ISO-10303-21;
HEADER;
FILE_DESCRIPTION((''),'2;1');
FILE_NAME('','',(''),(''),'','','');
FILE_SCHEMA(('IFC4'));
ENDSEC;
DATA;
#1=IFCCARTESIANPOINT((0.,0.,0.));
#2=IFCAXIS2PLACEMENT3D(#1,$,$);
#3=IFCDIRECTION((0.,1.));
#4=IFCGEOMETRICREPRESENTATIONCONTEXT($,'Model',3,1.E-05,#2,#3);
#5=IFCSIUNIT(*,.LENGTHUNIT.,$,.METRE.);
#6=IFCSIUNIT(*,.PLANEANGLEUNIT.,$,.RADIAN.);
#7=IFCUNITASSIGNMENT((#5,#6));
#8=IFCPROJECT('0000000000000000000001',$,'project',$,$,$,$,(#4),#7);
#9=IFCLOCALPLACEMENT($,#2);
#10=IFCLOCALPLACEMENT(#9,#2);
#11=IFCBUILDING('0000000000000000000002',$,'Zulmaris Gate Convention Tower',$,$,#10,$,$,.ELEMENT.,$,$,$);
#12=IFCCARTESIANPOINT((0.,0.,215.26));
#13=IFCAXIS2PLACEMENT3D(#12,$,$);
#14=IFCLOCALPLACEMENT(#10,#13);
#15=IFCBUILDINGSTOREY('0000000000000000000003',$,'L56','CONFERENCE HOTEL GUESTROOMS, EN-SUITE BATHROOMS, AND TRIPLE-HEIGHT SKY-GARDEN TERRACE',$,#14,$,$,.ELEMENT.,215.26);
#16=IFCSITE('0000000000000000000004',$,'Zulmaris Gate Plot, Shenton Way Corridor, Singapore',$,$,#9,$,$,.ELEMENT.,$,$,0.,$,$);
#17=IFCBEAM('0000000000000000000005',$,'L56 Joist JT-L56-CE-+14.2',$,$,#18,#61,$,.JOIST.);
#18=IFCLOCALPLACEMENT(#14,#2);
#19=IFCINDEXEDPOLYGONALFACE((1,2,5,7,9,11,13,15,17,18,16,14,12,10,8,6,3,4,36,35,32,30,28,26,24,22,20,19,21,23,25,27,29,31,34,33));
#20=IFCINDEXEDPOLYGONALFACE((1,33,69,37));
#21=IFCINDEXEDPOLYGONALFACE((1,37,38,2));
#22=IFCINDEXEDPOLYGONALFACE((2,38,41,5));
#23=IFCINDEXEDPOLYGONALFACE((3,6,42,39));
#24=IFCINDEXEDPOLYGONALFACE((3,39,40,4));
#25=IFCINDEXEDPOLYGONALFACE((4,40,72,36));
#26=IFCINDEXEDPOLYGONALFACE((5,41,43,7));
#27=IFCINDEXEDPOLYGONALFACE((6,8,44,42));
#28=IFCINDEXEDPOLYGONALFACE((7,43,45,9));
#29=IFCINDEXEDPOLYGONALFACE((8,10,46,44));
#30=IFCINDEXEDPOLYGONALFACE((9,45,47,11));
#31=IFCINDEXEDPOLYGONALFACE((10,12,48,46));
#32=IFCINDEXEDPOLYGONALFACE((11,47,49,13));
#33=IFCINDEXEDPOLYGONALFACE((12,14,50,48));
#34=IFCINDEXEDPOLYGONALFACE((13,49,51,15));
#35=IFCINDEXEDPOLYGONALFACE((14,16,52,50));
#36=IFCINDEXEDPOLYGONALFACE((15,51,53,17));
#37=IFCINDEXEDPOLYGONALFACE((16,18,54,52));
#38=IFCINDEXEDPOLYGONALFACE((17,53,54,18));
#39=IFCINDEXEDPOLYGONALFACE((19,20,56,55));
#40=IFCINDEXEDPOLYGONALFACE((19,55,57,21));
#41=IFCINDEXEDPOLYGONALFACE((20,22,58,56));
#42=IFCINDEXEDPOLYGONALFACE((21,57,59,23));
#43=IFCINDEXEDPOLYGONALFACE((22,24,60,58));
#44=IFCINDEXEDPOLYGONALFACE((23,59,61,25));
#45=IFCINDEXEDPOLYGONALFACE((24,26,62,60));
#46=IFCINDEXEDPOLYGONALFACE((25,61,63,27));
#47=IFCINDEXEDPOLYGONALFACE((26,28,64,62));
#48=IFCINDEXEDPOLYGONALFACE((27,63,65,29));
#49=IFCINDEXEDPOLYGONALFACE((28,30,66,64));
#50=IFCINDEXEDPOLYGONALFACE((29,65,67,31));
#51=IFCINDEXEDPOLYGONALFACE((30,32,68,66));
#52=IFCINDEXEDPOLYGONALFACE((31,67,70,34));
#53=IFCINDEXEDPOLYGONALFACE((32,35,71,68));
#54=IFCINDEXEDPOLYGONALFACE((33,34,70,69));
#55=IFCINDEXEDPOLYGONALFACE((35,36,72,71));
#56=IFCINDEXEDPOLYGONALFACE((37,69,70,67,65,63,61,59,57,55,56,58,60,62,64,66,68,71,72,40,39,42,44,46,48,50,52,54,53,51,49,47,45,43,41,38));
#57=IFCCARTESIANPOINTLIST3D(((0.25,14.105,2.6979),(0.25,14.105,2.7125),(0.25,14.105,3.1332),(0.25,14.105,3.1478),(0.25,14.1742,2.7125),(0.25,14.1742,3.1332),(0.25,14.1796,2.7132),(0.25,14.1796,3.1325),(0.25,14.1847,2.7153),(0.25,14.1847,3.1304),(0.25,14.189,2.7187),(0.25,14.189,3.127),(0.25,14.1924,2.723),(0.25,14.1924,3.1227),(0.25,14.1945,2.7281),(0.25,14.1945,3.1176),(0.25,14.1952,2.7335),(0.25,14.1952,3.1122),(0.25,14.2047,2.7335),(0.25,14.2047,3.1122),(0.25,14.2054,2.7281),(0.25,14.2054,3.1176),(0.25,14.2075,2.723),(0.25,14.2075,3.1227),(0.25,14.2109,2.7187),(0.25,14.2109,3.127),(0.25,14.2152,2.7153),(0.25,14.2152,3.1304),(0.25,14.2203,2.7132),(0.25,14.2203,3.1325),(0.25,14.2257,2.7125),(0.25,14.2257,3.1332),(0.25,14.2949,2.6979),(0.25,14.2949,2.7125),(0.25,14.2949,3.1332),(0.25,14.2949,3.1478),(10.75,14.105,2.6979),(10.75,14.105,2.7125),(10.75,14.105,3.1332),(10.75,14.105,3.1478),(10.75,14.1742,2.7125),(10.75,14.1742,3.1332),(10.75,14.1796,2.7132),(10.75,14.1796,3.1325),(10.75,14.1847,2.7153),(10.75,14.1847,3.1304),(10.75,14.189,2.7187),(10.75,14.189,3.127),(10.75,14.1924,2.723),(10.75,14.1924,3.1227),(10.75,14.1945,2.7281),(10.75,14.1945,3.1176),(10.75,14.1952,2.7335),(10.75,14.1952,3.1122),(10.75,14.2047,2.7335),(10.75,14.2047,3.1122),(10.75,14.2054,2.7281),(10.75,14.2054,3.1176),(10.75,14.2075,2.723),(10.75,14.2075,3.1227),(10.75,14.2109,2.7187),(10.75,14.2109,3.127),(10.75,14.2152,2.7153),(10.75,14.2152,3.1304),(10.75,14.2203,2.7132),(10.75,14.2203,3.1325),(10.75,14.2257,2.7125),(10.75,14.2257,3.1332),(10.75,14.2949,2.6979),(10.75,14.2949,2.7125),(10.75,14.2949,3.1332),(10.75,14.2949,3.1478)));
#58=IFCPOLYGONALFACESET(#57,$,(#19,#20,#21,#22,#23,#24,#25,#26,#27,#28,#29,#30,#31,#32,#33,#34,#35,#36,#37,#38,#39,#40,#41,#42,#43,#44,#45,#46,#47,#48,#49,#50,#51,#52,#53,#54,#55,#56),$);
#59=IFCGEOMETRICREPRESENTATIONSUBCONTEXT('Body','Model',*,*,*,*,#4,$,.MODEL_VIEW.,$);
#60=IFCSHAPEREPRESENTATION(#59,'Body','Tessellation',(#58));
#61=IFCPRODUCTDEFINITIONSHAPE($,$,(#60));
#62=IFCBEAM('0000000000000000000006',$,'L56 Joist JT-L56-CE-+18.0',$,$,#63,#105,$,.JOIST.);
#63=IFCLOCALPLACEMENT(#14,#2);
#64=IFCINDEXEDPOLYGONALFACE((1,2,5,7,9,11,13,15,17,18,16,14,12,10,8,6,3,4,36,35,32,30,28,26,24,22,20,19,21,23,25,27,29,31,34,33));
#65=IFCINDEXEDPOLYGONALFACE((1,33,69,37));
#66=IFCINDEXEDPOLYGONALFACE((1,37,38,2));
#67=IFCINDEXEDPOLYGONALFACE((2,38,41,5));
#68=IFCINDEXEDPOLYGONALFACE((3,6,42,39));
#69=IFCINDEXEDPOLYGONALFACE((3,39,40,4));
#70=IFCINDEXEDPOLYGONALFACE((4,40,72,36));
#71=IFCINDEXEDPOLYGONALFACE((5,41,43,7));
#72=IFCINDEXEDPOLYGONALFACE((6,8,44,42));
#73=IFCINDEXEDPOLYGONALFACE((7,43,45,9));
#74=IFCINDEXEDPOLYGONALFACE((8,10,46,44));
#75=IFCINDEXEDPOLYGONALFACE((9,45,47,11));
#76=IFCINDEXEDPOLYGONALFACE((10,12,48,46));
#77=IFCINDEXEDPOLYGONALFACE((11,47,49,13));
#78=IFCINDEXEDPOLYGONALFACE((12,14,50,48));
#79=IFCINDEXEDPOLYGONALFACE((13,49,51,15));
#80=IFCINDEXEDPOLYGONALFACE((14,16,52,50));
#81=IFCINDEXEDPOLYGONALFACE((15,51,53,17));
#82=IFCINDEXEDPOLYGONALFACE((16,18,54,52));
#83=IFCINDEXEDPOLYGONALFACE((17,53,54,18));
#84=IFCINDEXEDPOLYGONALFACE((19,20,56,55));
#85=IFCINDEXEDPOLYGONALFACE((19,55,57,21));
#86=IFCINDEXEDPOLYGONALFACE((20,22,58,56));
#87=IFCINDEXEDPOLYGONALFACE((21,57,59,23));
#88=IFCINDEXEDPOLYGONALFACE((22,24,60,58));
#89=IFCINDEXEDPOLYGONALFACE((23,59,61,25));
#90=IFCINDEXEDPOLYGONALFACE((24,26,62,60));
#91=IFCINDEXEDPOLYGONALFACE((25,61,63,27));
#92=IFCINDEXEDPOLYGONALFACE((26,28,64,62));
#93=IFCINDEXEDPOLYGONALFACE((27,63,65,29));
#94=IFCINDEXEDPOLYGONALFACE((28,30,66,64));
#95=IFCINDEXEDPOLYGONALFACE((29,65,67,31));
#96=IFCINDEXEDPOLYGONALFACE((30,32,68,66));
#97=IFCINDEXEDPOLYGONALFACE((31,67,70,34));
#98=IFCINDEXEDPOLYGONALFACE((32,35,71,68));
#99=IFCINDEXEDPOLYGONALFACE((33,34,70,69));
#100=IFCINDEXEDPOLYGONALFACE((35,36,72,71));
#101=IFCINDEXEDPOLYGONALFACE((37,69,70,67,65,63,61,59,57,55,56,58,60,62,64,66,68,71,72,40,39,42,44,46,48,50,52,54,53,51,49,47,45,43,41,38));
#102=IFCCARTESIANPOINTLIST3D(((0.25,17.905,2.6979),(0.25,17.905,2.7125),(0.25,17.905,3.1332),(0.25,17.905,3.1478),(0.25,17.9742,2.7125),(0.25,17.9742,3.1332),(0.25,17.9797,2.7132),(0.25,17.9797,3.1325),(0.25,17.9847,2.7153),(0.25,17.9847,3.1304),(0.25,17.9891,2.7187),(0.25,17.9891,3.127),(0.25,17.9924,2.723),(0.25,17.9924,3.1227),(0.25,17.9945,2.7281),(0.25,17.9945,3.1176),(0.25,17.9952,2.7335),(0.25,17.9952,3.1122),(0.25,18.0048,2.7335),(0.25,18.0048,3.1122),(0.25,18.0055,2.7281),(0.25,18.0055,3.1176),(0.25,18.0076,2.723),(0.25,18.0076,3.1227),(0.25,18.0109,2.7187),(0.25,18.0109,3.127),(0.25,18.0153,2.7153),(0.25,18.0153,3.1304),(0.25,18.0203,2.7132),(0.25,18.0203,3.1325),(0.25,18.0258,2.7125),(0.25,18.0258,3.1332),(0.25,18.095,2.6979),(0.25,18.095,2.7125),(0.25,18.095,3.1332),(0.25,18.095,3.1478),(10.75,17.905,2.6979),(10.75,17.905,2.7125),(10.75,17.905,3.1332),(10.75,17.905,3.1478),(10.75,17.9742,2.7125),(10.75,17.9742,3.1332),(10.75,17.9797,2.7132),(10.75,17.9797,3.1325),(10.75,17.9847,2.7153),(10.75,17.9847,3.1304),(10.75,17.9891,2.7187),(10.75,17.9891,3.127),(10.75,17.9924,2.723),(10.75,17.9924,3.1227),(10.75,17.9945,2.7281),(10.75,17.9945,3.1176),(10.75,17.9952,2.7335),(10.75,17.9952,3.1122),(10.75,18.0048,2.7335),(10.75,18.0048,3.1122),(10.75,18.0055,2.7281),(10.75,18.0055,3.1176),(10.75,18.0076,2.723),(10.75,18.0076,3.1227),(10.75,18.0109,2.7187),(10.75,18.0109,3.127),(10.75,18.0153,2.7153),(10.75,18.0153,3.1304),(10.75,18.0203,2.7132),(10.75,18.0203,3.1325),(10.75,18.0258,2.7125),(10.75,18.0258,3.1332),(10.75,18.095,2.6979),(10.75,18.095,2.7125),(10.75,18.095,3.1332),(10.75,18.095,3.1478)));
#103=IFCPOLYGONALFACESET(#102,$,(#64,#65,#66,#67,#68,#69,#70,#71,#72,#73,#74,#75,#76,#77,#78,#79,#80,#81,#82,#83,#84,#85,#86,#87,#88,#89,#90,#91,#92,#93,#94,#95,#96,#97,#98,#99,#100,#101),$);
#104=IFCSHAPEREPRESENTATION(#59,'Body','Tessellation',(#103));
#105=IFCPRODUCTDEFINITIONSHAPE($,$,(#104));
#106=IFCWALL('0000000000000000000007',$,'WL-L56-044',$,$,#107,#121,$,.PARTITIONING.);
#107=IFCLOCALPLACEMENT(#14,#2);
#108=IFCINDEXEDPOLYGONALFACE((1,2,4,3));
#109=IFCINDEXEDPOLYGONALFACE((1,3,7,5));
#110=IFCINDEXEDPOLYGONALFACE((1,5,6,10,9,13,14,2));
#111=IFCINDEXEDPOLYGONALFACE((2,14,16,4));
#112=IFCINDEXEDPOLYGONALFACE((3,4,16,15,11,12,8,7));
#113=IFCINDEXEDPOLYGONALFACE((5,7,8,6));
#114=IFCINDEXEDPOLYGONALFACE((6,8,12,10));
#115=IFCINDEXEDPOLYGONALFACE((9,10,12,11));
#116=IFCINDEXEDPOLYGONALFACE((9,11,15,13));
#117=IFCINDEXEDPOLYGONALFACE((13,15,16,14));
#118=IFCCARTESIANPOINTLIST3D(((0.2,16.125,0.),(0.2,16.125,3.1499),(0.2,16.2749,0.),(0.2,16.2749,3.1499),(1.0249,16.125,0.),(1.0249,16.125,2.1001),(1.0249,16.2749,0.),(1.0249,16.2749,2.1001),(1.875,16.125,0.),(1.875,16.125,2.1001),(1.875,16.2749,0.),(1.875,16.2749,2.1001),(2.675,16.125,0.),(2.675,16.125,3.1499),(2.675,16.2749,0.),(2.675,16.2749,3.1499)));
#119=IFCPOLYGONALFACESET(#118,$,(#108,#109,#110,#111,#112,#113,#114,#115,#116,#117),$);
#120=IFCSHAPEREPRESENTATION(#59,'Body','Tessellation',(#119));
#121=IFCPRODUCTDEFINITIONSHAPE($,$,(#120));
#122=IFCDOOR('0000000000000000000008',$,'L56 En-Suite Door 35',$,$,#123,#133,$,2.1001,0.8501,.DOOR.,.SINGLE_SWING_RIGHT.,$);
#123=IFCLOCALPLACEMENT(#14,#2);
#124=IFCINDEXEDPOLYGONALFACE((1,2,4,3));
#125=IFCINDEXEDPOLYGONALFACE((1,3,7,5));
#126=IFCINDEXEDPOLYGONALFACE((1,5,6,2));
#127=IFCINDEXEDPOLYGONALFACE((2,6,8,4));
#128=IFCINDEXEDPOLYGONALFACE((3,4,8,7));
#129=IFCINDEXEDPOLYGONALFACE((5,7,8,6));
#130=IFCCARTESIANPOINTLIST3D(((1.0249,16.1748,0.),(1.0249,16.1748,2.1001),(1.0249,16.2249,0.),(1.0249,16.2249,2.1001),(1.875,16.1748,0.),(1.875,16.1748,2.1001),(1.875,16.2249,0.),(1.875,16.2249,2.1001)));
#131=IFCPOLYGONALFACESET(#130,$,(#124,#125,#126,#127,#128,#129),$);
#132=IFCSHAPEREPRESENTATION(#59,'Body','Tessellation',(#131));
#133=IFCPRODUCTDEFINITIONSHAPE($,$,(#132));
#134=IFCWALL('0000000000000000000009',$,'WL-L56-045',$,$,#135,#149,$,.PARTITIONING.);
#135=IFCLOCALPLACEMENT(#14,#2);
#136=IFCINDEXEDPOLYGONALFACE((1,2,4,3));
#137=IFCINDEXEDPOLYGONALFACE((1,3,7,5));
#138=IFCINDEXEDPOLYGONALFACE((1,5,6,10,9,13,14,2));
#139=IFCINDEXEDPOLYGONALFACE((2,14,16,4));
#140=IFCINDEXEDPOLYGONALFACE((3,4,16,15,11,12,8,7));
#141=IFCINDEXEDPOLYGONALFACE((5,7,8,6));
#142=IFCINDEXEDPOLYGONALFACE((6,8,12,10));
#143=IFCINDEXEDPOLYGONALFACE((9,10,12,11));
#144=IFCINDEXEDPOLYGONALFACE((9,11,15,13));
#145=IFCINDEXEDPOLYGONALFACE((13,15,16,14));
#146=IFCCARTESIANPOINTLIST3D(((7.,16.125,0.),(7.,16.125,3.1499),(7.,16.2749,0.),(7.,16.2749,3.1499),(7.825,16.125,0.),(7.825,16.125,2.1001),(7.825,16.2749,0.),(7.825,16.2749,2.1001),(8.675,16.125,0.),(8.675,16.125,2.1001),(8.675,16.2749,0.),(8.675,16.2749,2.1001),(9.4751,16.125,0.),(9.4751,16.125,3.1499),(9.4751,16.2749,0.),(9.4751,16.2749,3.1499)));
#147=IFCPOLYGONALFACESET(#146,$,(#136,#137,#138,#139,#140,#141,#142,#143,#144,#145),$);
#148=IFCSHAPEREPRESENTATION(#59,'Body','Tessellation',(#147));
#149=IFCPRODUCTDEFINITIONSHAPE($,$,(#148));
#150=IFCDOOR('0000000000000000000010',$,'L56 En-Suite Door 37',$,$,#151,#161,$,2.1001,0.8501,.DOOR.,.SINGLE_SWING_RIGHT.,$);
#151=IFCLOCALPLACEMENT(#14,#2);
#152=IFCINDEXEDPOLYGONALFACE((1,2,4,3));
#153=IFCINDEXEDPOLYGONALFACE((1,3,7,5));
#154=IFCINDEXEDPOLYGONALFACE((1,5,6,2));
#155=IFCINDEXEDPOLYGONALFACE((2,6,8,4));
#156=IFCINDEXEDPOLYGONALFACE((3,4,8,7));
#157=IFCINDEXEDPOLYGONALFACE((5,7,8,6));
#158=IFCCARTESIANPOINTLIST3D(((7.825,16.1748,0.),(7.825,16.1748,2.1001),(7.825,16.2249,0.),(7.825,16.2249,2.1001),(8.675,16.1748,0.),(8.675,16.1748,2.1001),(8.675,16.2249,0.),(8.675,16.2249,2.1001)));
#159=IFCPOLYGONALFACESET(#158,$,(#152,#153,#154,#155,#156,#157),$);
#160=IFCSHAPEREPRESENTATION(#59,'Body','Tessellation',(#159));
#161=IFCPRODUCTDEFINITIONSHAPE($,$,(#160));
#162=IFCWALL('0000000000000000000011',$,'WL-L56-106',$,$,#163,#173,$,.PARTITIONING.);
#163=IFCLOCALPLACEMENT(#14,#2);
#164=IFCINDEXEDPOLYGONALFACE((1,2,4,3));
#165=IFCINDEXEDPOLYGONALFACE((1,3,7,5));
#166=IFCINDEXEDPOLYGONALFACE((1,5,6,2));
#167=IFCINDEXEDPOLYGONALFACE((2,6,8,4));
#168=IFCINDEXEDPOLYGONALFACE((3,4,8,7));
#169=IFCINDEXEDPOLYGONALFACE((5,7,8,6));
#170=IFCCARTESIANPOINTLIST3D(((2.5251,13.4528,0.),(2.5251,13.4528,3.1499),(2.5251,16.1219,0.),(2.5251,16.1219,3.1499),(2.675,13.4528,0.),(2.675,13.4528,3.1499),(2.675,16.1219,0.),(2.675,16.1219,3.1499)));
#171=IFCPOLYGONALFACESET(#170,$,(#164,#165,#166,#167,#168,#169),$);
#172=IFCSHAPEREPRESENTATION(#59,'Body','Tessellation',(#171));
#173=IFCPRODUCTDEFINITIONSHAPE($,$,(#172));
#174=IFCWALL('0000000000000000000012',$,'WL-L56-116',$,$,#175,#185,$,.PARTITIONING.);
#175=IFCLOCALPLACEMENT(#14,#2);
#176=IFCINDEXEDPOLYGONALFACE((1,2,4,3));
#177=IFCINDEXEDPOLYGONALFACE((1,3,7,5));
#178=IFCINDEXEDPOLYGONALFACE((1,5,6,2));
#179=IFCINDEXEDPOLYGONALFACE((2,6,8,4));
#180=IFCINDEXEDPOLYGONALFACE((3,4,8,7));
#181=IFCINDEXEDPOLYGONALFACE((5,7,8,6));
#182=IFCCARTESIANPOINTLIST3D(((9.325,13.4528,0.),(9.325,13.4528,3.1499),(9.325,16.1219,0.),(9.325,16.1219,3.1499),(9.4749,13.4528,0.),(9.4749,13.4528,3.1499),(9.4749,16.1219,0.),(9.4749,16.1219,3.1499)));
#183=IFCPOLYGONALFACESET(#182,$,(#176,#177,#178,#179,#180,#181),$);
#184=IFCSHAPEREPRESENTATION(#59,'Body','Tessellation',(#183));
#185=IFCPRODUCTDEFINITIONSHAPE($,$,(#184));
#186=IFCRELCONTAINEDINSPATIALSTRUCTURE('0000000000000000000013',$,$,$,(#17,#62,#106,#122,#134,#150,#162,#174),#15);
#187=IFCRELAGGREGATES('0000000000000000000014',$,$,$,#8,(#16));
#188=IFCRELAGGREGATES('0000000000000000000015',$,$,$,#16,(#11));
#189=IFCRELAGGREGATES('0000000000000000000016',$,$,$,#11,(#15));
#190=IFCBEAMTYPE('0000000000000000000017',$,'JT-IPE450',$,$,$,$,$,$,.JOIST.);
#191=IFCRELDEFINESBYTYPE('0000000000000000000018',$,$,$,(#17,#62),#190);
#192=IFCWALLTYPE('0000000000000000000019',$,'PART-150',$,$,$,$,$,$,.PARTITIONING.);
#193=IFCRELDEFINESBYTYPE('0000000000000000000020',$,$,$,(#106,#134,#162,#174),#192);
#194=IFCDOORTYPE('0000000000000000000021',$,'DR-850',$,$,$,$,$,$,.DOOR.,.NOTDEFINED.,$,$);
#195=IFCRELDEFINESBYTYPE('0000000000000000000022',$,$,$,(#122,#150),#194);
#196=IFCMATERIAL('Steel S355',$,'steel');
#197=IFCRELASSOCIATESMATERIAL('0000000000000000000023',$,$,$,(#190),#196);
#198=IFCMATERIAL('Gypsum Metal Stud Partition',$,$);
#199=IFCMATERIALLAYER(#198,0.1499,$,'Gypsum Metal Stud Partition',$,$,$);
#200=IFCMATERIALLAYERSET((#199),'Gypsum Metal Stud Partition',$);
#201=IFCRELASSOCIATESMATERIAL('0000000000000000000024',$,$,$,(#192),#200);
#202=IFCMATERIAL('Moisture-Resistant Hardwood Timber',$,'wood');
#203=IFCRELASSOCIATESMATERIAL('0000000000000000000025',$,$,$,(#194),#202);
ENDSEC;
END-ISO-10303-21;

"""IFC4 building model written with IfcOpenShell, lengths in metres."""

from ifc_helpers import new_model, si_unit, direction, frame, frame_2d, origin, origin_2d, place, context, subcontext, project, spatial, rectangle, i_section, extrude, material, layer, layer_set, material_profile, profile_set, type_object, element, fill, save


model = new_model("IFC4")

# Units and contexts
model_context = context("Model", 3, precision=1e-05, world=origin(), true_north=direction((0.0, 1.0)))
body_context = subcontext(model_context, "Body", "Model", "MODEL_VIEW")
ifc_project = project(units=[si_unit("LENGTHUNIT", "METRE"), si_unit("PLANEANGLEUNIT", "RADIAN")], contexts=[model_context])

# Site, building, storey
site_placement = place(None, origin())
site = spatial("IfcSite", under=ifc_project, at=site_placement, Name="Zulmaris Gate Plot, Shenton Way Corridor, Singapore", CompositionType="ELEMENT", RefElevation=0.0)
building_placement = place(site_placement, origin())
building = spatial("IfcBuilding", under=site, at=building_placement, Name="Zulmaris Gate Convention Tower", CompositionType="ELEMENT")
storey_placement = place(building_placement, frame((0.0, 0.0, 215.26)))
storey = spatial("IfcBuildingStorey", under=building, at=storey_placement, Name="L56", Description="CONFERENCE HOTEL GUESTROOMS, EN-SUITE BATHROOMS, AND TRIPLE-HEIGHT SKY-GARDEN TERRACE", CompositionType="ELEMENT", Elevation=215.26)

# Beams
ifc_material_1 = material(Name="Steel S355", Category="steel")
ifc_material_profile_1 = material_profile(ifc_material_1, i_section(OverallWidth=0.1899, OverallDepth=0.45, WebThickness=0.0095, FlangeThickness=0.0146, FilletRadius=0.021, at=origin_2d()), Name="IPE 450")
ifc_profile_set_1 = profile_set([ifc_material_profile_1], Name="Steel S355")
beam_type_1 = type_object("IfcBeamType", Name="JT-IPE450", PredefinedType="JOIST", material=ifc_profile_set_1)
for number, where, z_axis, x_axis, name in (
    (1, (0.25, 14.2, 2.9229), (1.0, 0.0, 0.0), (0.0, 1.0, 0.0), "L56 Joist JT-L56-CE-+14.2"),
    (2, (0.25, 18.0, 2.9229), (1.0, 0.0, 0.0), (0.0, 1.0, 0.0), "L56 Joist JT-L56-CE-+18.0"),
):
    element("IfcBeam", number, at=place(storey_placement, frame(where, z_axis=z_axis, x_axis=x_axis)), inside=storey, type_object=beam_type_1, Name=name, PredefinedType="JOIST", context=body_context, shape_type="SweptSolid", body=[
        extrude(i_section(OverallWidth=0.1899, OverallDepth=0.45, WebThickness=0.0095, FlangeThickness=0.0146, FilletRadius=0.021, at=origin_2d()), origin(), (0.0, 0.0, 1.0), 10.5),
    ])

# Walls, openings, doors
ifc_material_2 = material(Name="Gypsum Metal Stud Partition")
ifc_layer_1 = layer(ifc_material_2, 0.1499, Name="Gypsum Metal Stud Partition")
ifc_layer_set_1 = layer_set([ifc_layer_1], Name="Gypsum Metal Stud Partition")
wall_type_1 = type_object("IfcWallType", Name="PART-150", PredefinedType="PARTITIONING", material=ifc_layer_set_1)
wall_1_placement = place(storey_placement, frame((0.2, 16.2, 0.0), z_axis=(0.0, 0.0, 1.0), x_axis=(1.0, 0.0, 0.0)))
wall_1 = element("IfcWall", 3, at=wall_1_placement, inside=storey, type_object=wall_type_1, Name="WL-L56-044", PredefinedType="PARTITIONING", context=body_context, shape_type="SweptSolid", body=[
    extrude(rectangle(XDim=2.4751, YDim=0.1499, at=frame_2d((1.2375, 0.0))), origin(), (0.0, 0.0, 1.0), 3.1499),
])
opening_1_placement = place(wall_1_placement, frame((0.825, 0.0, 0.0)))
opening_1 = element("IfcOpeningElement", 4, at=opening_1_placement, cuts=wall_1, PredefinedType="OPENING", context=body_context, shape_type="SweptSolid", body=[
    extrude(rectangle(XDim=0.8501, YDim=2.1001, at=frame_2d((0.425, 1.05))), frame((0.0, 0.085, 0.0), z_axis=(0.0, -1.0, 0.0), x_axis=(1.0, 0.0, 0.0)), (0.0, 0.0, 1.0), 0.1699),
])
ifc_material_3 = material(Name="Moisture-Resistant Hardwood Timber", Category="wood")
door_type_1 = type_object("IfcDoorType", Name="DR-850", OperationType="NOTDEFINED", PredefinedType="DOOR", material=ifc_material_3)
door_1_placement = place(opening_1_placement, origin())
door_1 = element("IfcDoor", 5, at=door_1_placement, inside=storey, type_object=door_type_1, Name="L56 En-Suite Door 35", OperationType="SINGLE_SWING_RIGHT", OverallHeight=2.1001, OverallWidth=0.8501, PredefinedType="DOOR", context=body_context, shape_type="SweptSolid", body=[
    extrude(rectangle(XDim=0.8501, YDim=2.1001, at=frame_2d((0.425, 1.05))), frame((0.0, 0.0249, 0.0), z_axis=(0.0, -1.0, 0.0), x_axis=(1.0, 0.0, 0.0)), (0.0, 0.0, 1.0), 0.05),
])
fill(opening_1, door_1)
wall_2_placement = place(storey_placement, frame((7.0, 16.2, 0.0), z_axis=(0.0, 0.0, 1.0), x_axis=(1.0, 0.0, 0.0)))
wall_2 = element("IfcWall", 6, at=wall_2_placement, inside=storey, type_object=wall_type_1, Name="WL-L56-045", PredefinedType="PARTITIONING", context=body_context, shape_type="SweptSolid", body=[
    extrude(rectangle(XDim=2.4751, YDim=0.1499, at=frame_2d((1.2375, 0.0))), origin(), (0.0, 0.0, 1.0), 3.1499),
])
opening_2_placement = place(wall_2_placement, frame((0.825, 0.0, 0.0)))
opening_2 = element("IfcOpeningElement", 7, at=opening_2_placement, cuts=wall_2, PredefinedType="OPENING", context=body_context, shape_type="SweptSolid", body=[
    extrude(rectangle(XDim=0.8501, YDim=2.1001, at=frame_2d((0.425, 1.05))), frame((0.0, 0.085, 0.0), z_axis=(0.0, -1.0, 0.0), x_axis=(1.0, 0.0, 0.0)), (0.0, 0.0, 1.0), 0.1699),
])
door_2_placement = place(opening_2_placement, origin())
door_2 = element("IfcDoor", 8, at=door_2_placement, inside=storey, type_object=door_type_1, Name="L56 En-Suite Door 37", OperationType="SINGLE_SWING_RIGHT", OverallHeight=2.1001, OverallWidth=0.8501, PredefinedType="DOOR", context=body_context, shape_type="SweptSolid", body=[
    extrude(rectangle(XDim=0.8501, YDim=2.1001, at=frame_2d((0.425, 1.05))), frame((0.0, 0.0249, 0.0), z_axis=(0.0, -1.0, 0.0), x_axis=(1.0, 0.0, 0.0)), (0.0, 0.0, 1.0), 0.05),
])
fill(opening_2, door_2)

# Walls
for number, where, z_axis, x_axis, name in (
    (9, (2.6001, 13.4529, 0.0), (0.0, 0.0, 1.0), (0.0, 1.0, 0.0), "WL-L56-106"),
    (10, (9.3999, 13.4529, 0.0), (0.0, 0.0, 1.0), (0.0, 1.0, 0.0), "WL-L56-116"),
):
    element("IfcWall", number, at=place(storey_placement, frame(where, z_axis=z_axis, x_axis=x_axis)), inside=storey, type_object=wall_type_1, Name=name, PredefinedType="PARTITIONING", context=body_context, shape_type="SweptSolid", body=[
        extrude(rectangle(XDim=2.6692, YDim=0.1499, at=frame_2d((1.3345, 0.0))), origin(), (0.0, 0.0, 1.0), 3.1499),
    ])

save(model, "model.ifc")
